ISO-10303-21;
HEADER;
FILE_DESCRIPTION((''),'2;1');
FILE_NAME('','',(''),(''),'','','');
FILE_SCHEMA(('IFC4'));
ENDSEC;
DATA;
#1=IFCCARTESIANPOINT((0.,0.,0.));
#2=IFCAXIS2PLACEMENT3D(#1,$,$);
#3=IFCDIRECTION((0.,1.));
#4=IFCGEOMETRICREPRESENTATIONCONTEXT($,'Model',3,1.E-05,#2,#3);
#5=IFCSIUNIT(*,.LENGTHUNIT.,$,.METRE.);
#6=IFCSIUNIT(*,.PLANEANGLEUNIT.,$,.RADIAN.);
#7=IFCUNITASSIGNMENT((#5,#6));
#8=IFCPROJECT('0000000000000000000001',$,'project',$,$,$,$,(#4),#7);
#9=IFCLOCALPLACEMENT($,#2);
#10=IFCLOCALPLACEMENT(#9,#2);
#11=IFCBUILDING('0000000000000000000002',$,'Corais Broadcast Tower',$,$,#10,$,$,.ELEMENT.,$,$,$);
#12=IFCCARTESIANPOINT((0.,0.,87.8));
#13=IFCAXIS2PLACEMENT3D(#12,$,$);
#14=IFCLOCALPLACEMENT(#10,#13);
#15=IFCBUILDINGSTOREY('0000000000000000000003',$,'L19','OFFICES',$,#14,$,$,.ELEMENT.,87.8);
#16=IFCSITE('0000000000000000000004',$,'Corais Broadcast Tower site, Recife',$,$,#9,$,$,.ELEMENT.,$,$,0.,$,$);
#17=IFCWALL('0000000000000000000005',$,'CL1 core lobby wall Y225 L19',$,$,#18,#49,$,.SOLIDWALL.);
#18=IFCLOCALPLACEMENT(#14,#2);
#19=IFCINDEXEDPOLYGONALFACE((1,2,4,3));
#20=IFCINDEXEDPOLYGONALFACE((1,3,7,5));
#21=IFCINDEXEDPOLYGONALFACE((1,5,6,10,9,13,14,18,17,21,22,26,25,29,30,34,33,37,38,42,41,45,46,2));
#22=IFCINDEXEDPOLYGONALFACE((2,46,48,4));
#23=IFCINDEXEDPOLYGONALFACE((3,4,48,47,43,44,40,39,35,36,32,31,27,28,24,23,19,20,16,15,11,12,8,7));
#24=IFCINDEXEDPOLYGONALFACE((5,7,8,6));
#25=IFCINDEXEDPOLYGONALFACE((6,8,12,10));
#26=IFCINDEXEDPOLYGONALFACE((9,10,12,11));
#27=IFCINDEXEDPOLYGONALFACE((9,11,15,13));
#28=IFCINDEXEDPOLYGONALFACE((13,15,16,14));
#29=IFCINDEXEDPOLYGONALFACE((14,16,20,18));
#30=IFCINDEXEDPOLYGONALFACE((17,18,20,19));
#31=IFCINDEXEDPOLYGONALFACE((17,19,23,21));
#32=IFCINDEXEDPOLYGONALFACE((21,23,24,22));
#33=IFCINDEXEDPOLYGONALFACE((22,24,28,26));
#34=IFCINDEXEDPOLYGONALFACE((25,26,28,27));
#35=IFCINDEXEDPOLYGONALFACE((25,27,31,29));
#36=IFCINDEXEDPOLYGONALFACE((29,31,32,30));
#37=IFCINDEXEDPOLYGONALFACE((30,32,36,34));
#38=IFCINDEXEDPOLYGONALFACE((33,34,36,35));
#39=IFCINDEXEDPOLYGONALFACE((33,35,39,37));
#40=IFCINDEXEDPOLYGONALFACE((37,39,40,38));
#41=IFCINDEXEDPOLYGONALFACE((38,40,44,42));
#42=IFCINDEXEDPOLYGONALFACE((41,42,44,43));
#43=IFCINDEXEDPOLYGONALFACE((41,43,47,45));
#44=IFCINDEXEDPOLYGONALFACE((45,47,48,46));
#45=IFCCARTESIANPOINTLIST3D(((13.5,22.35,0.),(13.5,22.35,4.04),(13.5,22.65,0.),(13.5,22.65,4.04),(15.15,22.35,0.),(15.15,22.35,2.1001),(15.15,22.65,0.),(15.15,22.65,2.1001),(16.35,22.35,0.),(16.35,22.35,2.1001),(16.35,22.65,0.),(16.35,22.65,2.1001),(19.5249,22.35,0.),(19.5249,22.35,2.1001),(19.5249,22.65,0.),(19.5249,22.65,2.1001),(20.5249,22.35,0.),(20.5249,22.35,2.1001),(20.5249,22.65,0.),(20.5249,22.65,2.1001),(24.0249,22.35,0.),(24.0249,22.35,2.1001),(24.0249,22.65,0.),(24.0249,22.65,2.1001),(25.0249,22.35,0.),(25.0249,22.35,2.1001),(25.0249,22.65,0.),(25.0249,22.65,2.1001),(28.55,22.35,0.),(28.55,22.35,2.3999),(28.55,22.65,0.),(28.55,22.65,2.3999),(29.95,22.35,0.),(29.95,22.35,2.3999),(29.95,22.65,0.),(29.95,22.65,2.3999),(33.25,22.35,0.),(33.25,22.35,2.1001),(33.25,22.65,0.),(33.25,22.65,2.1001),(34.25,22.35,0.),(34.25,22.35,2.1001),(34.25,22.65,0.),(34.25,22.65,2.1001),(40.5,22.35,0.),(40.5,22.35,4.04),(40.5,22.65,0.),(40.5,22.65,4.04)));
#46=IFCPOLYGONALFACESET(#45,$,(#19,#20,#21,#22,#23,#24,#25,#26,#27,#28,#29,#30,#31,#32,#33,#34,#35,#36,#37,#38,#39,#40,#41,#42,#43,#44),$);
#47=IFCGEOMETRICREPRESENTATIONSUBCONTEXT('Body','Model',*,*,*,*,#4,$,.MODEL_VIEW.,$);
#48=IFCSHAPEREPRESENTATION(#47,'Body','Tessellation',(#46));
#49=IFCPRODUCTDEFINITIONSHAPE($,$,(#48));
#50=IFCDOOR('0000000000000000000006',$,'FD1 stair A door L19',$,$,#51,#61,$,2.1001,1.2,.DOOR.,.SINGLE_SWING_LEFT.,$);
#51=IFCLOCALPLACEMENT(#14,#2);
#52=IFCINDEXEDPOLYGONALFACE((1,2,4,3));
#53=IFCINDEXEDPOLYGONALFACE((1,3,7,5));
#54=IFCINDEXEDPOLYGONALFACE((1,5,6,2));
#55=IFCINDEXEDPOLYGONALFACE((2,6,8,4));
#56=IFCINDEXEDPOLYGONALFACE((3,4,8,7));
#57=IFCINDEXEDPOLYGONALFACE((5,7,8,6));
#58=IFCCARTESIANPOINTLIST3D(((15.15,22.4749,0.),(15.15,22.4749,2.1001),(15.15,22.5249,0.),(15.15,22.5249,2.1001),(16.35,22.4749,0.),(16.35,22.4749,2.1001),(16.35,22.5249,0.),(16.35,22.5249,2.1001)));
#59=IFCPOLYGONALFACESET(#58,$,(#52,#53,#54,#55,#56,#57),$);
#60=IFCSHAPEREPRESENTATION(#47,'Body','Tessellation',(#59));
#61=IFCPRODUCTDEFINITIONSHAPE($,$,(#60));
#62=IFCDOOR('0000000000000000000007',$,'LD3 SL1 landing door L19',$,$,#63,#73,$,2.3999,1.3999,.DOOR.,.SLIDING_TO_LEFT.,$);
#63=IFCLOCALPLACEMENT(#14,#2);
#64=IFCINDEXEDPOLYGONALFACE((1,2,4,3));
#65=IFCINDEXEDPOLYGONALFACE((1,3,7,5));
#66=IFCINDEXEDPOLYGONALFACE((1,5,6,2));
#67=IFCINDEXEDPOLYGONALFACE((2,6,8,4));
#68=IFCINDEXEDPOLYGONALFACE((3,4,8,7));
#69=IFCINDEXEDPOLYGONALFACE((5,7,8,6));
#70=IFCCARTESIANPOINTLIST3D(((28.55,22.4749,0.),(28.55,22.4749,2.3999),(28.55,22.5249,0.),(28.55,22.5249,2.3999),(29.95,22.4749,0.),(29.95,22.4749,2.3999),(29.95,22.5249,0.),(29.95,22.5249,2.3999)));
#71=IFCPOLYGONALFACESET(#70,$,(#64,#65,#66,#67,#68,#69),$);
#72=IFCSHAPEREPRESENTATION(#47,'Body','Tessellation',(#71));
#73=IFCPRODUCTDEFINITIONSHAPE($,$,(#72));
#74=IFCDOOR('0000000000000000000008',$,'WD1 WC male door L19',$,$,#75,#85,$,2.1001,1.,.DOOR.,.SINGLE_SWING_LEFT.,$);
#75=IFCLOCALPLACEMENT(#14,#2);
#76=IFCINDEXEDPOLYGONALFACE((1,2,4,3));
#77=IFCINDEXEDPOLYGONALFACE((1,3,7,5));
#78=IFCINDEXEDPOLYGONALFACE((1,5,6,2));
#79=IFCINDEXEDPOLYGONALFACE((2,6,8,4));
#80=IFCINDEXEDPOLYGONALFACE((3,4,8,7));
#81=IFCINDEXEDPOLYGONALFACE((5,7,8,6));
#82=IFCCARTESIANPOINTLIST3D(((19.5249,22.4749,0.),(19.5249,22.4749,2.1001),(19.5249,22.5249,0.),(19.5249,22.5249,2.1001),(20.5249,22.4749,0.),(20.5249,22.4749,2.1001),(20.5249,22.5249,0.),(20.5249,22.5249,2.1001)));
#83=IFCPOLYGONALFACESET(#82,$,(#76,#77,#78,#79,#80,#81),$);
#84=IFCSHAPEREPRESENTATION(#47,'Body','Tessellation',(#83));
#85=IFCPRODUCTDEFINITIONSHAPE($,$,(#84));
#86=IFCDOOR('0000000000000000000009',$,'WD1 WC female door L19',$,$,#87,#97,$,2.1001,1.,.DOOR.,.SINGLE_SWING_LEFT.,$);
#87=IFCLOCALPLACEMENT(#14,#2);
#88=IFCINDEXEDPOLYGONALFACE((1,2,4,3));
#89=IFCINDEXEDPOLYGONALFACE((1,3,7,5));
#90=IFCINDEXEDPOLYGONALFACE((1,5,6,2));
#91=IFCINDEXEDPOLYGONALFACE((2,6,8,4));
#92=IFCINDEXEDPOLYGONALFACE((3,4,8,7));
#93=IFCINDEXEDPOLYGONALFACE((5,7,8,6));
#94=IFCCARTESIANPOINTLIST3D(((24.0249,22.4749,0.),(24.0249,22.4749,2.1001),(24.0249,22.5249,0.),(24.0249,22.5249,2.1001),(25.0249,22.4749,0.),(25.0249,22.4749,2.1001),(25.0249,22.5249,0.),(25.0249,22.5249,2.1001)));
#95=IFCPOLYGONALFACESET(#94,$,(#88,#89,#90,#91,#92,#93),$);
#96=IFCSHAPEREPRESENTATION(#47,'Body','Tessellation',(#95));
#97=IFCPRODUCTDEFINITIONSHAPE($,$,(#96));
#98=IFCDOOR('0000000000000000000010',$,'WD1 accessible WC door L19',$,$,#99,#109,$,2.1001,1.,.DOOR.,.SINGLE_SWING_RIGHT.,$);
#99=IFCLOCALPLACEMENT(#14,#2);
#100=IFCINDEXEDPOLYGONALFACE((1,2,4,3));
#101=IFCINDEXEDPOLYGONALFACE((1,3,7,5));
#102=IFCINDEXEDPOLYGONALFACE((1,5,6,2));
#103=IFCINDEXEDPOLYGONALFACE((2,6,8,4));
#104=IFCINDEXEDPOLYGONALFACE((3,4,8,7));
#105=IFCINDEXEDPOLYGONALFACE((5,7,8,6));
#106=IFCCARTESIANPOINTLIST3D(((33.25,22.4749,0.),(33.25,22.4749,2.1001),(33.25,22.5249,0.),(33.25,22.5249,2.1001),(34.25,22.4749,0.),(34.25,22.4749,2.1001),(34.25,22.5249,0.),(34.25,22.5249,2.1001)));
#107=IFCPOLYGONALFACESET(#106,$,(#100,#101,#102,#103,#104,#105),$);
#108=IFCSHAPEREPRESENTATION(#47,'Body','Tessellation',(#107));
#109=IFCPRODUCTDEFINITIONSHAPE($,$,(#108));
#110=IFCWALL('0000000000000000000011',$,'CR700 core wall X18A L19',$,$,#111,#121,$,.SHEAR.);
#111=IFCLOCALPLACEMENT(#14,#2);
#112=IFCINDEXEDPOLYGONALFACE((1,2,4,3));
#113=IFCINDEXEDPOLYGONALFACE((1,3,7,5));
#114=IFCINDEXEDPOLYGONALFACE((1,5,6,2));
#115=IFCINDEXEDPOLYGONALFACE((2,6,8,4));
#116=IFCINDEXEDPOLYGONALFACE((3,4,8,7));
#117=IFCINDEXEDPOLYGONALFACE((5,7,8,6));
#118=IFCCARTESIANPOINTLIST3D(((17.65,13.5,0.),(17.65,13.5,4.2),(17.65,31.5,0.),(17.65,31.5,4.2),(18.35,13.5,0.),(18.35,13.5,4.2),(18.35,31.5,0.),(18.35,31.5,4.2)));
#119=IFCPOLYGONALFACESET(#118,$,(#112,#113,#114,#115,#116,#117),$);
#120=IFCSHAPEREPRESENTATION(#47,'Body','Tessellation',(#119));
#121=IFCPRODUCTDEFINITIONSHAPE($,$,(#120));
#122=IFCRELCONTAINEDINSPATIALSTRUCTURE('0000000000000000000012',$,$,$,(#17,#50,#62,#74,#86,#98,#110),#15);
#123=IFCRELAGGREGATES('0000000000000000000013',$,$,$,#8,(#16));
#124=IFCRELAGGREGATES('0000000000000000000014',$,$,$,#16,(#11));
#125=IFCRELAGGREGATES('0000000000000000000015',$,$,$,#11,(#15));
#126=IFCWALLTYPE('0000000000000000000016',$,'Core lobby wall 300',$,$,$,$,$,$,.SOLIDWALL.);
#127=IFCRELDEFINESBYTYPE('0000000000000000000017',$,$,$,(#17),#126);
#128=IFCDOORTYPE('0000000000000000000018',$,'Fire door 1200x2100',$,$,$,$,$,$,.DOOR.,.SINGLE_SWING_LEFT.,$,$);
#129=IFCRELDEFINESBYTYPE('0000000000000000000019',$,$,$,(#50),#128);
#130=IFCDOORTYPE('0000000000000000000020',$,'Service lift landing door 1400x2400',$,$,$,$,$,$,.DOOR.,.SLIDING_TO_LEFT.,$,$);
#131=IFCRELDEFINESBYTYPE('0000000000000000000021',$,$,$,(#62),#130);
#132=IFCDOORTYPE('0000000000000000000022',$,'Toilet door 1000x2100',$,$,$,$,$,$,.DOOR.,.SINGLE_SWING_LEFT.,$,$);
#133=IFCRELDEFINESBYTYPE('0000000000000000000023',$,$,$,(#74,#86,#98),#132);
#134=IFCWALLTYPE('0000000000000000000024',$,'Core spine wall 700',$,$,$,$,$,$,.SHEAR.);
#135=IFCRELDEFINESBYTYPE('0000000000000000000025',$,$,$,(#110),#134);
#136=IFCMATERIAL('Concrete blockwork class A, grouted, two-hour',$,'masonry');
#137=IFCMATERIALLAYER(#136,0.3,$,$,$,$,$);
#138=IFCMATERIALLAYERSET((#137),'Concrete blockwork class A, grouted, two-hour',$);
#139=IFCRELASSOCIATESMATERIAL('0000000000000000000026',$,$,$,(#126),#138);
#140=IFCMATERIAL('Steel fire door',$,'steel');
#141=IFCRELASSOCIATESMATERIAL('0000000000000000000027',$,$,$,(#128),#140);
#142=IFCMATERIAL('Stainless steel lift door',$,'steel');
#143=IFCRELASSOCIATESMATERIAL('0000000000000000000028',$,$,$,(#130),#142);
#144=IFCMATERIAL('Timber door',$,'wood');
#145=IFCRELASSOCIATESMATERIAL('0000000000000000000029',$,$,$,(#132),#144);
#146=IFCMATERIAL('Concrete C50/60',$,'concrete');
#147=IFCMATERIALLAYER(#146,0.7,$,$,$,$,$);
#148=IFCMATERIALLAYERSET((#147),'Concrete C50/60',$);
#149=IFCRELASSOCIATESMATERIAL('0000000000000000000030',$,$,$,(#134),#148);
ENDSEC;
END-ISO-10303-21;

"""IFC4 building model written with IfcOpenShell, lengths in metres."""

from ifc_helpers import new_model, si_unit, direction, frame, frame_2d, origin, place, context, subcontext, project, spatial, rectangle, extrude, material, layer, layer_set, type_object, element, fill, save


model = new_model("IFC4")

# Units and contexts
model_context = context("Model", 3, precision=1e-05, world=origin(), true_north=direction((0.0, 1.0)))
body_context = subcontext(model_context, "Body", "Model", "MODEL_VIEW")
ifc_project = project(units=[si_unit("LENGTHUNIT", "METRE"), si_unit("PLANEANGLEUNIT", "RADIAN")], contexts=[model_context])

# Site, building, storey
site_placement = place(None, origin())
site = spatial("IfcSite", under=ifc_project, at=site_placement, Name="Corais Broadcast Tower site, Recife", CompositionType="ELEMENT", RefElevation=0.0)
building_placement = place(site_placement, origin())
building = spatial("IfcBuilding", under=site, at=building_placement, Name="Corais Broadcast Tower", CompositionType="ELEMENT")
storey_placement = place(building_placement, frame((0.0, 0.0, 87.8)))
storey = spatial("IfcBuildingStorey", under=building, at=storey_placement, Name="L19", Description="OFFICES", CompositionType="ELEMENT", Elevation=87.8)

# Wall, openings, doors
ifc_material_1 = material(Name="Concrete blockwork class A, grouted, two-hour", Category="masonry")
ifc_layer_1 = layer(ifc_material_1, 0.3)
ifc_layer_set_1 = layer_set([ifc_layer_1], Name="Concrete blockwork class A, grouted, two-hour")
wall_type_1 = type_object("IfcWallType", Name="Core lobby wall 300", PredefinedType="SOLIDWALL", material=ifc_layer_set_1)
wall_1_placement = place(storey_placement, frame((13.5, 22.5, 0.0), z_axis=(0.0, 0.0, 1.0), x_axis=(1.0, 0.0, 0.0)))
wall_1 = element("IfcWall", 1, at=wall_1_placement, inside=storey, type_object=wall_type_1, Name="CL1 core lobby wall Y225 L19", PredefinedType="SOLIDWALL", context=body_context, shape_type="SweptSolid", body=[
    extrude(rectangle(XDim=27.0, YDim=0.3, at=frame_2d((13.5, 0.0))), origin(), (0.0, 0.0, 1.0), 4.04),
])
opening_1_placement = place(wall_1_placement, frame((1.6499, 0.0, 0.0)))
opening_1 = element("IfcOpeningElement", 2, at=opening_1_placement, cuts=wall_1, PredefinedType="OPENING", context=body_context, shape_type="SweptSolid", body=[
    extrude(rectangle(XDim=1.2, YDim=2.1001, at=frame_2d((0.6001, 1.05))), frame((0.0, 0.1599, 0.0), z_axis=(0.0, -1.0, 0.0), x_axis=(1.0, 0.0, 0.0)), (0.0, 0.0, 1.0), 0.3201),
])
opening_2_placement = place(wall_1_placement, frame((6.0249, 0.0, 0.0)))
opening_2 = element("IfcOpeningElement", 3, at=opening_2_placement, cuts=wall_1, PredefinedType="OPENING", context=body_context, shape_type="SweptSolid", body=[
    extrude(rectangle(XDim=1.0, YDim=2.1001, at=frame_2d((0.5, 1.05))), frame((0.0, 0.1599, 0.0), z_axis=(0.0, -1.0, 0.0), x_axis=(1.0, 0.0, 0.0)), (0.0, 0.0, 1.0), 0.3201),
])
opening_3_placement = place(wall_1_placement, frame((10.5249, 0.0, 0.0)))
opening_3 = element("IfcOpeningElement", 4, at=opening_3_placement, cuts=wall_1, PredefinedType="OPENING", context=body_context, shape_type="SweptSolid", body=[
    extrude(rectangle(XDim=1.0, YDim=2.1001, at=frame_2d((0.5, 1.05))), frame((0.0, 0.1599, 0.0), z_axis=(0.0, -1.0, 0.0), x_axis=(1.0, 0.0, 0.0)), (0.0, 0.0, 1.0), 0.3201),
])
opening_4_placement = place(wall_1_placement, frame((19.75, 0.0, 0.0)))
opening_4 = element("IfcOpeningElement", 5, at=opening_4_placement, cuts=wall_1, PredefinedType="OPENING", context=body_context, shape_type="SweptSolid", body=[
    extrude(rectangle(XDim=1.0, YDim=2.1001, at=frame_2d((0.5, 1.05))), frame((0.0, 0.1599, 0.0), z_axis=(0.0, -1.0, 0.0), x_axis=(1.0, 0.0, 0.0)), (0.0, 0.0, 1.0), 0.3201),
])
opening_5_placement = place(wall_1_placement, frame((15.05, 0.0, 0.0)))
opening_5 = element("IfcOpeningElement", 6, at=opening_5_placement, cuts=wall_1, PredefinedType="OPENING", context=body_context, shape_type="SweptSolid", body=[
    extrude(rectangle(XDim=1.3999, YDim=2.3999, at=frame_2d((0.7, 1.2))), frame((0.0, 0.1599, 0.0), z_axis=(0.0, -1.0, 0.0), x_axis=(1.0, 0.0, 0.0)), (0.0, 0.0, 1.0), 0.3201),
])
ifc_material_2 = material(Name="Steel fire door", Category="steel")
door_type_1 = type_object("IfcDoorType", Name="Fire door 1200x2100", OperationType="SINGLE_SWING_LEFT", PredefinedType="DOOR", material=ifc_material_2)
door_1_placement = place(opening_1_placement, origin())
door_1 = element("IfcDoor", 7, at=door_1_placement, inside=storey, type_object=door_type_1, Name="FD1 stair A door L19", OperationType="SINGLE_SWING_LEFT", OverallHeight=2.1001, OverallWidth=1.2, PredefinedType="DOOR", context=body_context, shape_type="SweptSolid", body=[
    extrude(rectangle(XDim=1.2, YDim=2.1001, at=frame_2d((0.6001, 1.05))), frame((0.0, 0.0249, 0.0), z_axis=(0.0, -1.0, 0.0), x_axis=(1.0, 0.0, 0.0)), (0.0, 0.0, 1.0), 0.05),
])
fill(opening_1, door_1)
ifc_material_3 = material(Name="Stainless steel lift door", Category="steel")
door_type_2 = type_object("IfcDoorType", Name="Service lift landing door 1400x2400", OperationType="SLIDING_TO_LEFT", PredefinedType="DOOR", material=ifc_material_3)
door_2_placement = place(opening_5_placement, origin())
door_2 = element("IfcDoor", 8, at=door_2_placement, inside=storey, type_object=door_type_2, Name="LD3 SL1 landing door L19", OperationType="SLIDING_TO_LEFT", OverallHeight=2.3999, OverallWidth=1.3999, PredefinedType="DOOR", context=body_context, shape_type="SweptSolid", body=[
    extrude(rectangle(XDim=1.3999, YDim=2.3999, at=frame_2d((0.7, 1.2))), frame((0.0, 0.0249, 0.0), z_axis=(0.0, -1.0, 0.0), x_axis=(1.0, 0.0, 0.0)), (0.0, 0.0, 1.0), 0.05),
])
fill(opening_5, door_2)
ifc_material_4 = material(Name="Timber door", Category="wood")
door_type_3 = type_object("IfcDoorType", Name="Toilet door 1000x2100", OperationType="SINGLE_SWING_LEFT", PredefinedType="DOOR", material=ifc_material_4)
door_3_placement = place(opening_2_placement, origin())
door_3 = element("IfcDoor", 9, at=door_3_placement, inside=storey, type_object=door_type_3, Name="WD1 WC male door L19", OperationType="SINGLE_SWING_LEFT", OverallHeight=2.1001, OverallWidth=1.0, PredefinedType="DOOR", context=body_context, shape_type="SweptSolid", body=[
    extrude(rectangle(XDim=1.0, YDim=2.1001, at=frame_2d((0.5, 1.05))), frame((0.0, 0.0249, 0.0), z_axis=(0.0, -1.0, 0.0), x_axis=(1.0, 0.0, 0.0)), (0.0, 0.0, 1.0), 0.05),
])
fill(opening_2, door_3)
door_4_placement = place(opening_3_placement, origin())
door_4 = element("IfcDoor", 10, at=door_4_placement, inside=storey, type_object=door_type_3, Name="WD1 WC female door L19", OperationType="SINGLE_SWING_LEFT", OverallHeight=2.1001, OverallWidth=1.0, PredefinedType="DOOR", context=body_context, shape_type="SweptSolid", body=[
    extrude(rectangle(XDim=1.0, YDim=2.1001, at=frame_2d((0.5, 1.05))), frame((0.0, 0.0249, 0.0), z_axis=(0.0, -1.0, 0.0), x_axis=(1.0, 0.0, 0.0)), (0.0, 0.0, 1.0), 0.05),
])
fill(opening_3, door_4)
door_5_placement = place(opening_4_placement, origin())
door_5 = element("IfcDoor", 11, at=door_5_placement, inside=storey, type_object=door_type_3, Name="WD1 accessible WC door L19", OperationType="SINGLE_SWING_RIGHT", OverallHeight=2.1001, OverallWidth=1.0, PredefinedType="DOOR", context=body_context, shape_type="SweptSolid", body=[
    extrude(rectangle(XDim=1.0, YDim=2.1001, at=frame_2d((0.5, 1.05))), frame((0.0, 0.0249, 0.0), z_axis=(0.0, -1.0, 0.0), x_axis=(1.0, 0.0, 0.0)), (0.0, 0.0, 1.0), 0.05),
])
fill(opening_4, door_5)

# Wall
ifc_material_5 = material(Name="Concrete C50/60", Category="concrete")
ifc_layer_2 = layer(ifc_material_5, 0.7)
ifc_layer_set_2 = layer_set([ifc_layer_2], Name="Concrete C50/60")
wall_type_2 = type_object("IfcWallType", Name="Core spine wall 700", PredefinedType="SHEAR", material=ifc_layer_set_2)
wall_2_placement = place(storey_placement, frame((18.0, 13.5, 0.0), z_axis=(0.0, 0.0, 1.0), x_axis=(0.0, 1.0, 0.0)))
element("IfcWall", 12, at=wall_2_placement, inside=storey, type_object=wall_type_2, Name="CR700 core wall X18A L19", PredefinedType="SHEAR", context=body_context, shape_type="SweptSolid", body=[
    extrude(rectangle(XDim=18.0, YDim=0.7, at=frame_2d((9.0, 0.0))), origin(), (0.0, 0.0, 1.0), 4.2),
])

save(model, "model.ifc")
